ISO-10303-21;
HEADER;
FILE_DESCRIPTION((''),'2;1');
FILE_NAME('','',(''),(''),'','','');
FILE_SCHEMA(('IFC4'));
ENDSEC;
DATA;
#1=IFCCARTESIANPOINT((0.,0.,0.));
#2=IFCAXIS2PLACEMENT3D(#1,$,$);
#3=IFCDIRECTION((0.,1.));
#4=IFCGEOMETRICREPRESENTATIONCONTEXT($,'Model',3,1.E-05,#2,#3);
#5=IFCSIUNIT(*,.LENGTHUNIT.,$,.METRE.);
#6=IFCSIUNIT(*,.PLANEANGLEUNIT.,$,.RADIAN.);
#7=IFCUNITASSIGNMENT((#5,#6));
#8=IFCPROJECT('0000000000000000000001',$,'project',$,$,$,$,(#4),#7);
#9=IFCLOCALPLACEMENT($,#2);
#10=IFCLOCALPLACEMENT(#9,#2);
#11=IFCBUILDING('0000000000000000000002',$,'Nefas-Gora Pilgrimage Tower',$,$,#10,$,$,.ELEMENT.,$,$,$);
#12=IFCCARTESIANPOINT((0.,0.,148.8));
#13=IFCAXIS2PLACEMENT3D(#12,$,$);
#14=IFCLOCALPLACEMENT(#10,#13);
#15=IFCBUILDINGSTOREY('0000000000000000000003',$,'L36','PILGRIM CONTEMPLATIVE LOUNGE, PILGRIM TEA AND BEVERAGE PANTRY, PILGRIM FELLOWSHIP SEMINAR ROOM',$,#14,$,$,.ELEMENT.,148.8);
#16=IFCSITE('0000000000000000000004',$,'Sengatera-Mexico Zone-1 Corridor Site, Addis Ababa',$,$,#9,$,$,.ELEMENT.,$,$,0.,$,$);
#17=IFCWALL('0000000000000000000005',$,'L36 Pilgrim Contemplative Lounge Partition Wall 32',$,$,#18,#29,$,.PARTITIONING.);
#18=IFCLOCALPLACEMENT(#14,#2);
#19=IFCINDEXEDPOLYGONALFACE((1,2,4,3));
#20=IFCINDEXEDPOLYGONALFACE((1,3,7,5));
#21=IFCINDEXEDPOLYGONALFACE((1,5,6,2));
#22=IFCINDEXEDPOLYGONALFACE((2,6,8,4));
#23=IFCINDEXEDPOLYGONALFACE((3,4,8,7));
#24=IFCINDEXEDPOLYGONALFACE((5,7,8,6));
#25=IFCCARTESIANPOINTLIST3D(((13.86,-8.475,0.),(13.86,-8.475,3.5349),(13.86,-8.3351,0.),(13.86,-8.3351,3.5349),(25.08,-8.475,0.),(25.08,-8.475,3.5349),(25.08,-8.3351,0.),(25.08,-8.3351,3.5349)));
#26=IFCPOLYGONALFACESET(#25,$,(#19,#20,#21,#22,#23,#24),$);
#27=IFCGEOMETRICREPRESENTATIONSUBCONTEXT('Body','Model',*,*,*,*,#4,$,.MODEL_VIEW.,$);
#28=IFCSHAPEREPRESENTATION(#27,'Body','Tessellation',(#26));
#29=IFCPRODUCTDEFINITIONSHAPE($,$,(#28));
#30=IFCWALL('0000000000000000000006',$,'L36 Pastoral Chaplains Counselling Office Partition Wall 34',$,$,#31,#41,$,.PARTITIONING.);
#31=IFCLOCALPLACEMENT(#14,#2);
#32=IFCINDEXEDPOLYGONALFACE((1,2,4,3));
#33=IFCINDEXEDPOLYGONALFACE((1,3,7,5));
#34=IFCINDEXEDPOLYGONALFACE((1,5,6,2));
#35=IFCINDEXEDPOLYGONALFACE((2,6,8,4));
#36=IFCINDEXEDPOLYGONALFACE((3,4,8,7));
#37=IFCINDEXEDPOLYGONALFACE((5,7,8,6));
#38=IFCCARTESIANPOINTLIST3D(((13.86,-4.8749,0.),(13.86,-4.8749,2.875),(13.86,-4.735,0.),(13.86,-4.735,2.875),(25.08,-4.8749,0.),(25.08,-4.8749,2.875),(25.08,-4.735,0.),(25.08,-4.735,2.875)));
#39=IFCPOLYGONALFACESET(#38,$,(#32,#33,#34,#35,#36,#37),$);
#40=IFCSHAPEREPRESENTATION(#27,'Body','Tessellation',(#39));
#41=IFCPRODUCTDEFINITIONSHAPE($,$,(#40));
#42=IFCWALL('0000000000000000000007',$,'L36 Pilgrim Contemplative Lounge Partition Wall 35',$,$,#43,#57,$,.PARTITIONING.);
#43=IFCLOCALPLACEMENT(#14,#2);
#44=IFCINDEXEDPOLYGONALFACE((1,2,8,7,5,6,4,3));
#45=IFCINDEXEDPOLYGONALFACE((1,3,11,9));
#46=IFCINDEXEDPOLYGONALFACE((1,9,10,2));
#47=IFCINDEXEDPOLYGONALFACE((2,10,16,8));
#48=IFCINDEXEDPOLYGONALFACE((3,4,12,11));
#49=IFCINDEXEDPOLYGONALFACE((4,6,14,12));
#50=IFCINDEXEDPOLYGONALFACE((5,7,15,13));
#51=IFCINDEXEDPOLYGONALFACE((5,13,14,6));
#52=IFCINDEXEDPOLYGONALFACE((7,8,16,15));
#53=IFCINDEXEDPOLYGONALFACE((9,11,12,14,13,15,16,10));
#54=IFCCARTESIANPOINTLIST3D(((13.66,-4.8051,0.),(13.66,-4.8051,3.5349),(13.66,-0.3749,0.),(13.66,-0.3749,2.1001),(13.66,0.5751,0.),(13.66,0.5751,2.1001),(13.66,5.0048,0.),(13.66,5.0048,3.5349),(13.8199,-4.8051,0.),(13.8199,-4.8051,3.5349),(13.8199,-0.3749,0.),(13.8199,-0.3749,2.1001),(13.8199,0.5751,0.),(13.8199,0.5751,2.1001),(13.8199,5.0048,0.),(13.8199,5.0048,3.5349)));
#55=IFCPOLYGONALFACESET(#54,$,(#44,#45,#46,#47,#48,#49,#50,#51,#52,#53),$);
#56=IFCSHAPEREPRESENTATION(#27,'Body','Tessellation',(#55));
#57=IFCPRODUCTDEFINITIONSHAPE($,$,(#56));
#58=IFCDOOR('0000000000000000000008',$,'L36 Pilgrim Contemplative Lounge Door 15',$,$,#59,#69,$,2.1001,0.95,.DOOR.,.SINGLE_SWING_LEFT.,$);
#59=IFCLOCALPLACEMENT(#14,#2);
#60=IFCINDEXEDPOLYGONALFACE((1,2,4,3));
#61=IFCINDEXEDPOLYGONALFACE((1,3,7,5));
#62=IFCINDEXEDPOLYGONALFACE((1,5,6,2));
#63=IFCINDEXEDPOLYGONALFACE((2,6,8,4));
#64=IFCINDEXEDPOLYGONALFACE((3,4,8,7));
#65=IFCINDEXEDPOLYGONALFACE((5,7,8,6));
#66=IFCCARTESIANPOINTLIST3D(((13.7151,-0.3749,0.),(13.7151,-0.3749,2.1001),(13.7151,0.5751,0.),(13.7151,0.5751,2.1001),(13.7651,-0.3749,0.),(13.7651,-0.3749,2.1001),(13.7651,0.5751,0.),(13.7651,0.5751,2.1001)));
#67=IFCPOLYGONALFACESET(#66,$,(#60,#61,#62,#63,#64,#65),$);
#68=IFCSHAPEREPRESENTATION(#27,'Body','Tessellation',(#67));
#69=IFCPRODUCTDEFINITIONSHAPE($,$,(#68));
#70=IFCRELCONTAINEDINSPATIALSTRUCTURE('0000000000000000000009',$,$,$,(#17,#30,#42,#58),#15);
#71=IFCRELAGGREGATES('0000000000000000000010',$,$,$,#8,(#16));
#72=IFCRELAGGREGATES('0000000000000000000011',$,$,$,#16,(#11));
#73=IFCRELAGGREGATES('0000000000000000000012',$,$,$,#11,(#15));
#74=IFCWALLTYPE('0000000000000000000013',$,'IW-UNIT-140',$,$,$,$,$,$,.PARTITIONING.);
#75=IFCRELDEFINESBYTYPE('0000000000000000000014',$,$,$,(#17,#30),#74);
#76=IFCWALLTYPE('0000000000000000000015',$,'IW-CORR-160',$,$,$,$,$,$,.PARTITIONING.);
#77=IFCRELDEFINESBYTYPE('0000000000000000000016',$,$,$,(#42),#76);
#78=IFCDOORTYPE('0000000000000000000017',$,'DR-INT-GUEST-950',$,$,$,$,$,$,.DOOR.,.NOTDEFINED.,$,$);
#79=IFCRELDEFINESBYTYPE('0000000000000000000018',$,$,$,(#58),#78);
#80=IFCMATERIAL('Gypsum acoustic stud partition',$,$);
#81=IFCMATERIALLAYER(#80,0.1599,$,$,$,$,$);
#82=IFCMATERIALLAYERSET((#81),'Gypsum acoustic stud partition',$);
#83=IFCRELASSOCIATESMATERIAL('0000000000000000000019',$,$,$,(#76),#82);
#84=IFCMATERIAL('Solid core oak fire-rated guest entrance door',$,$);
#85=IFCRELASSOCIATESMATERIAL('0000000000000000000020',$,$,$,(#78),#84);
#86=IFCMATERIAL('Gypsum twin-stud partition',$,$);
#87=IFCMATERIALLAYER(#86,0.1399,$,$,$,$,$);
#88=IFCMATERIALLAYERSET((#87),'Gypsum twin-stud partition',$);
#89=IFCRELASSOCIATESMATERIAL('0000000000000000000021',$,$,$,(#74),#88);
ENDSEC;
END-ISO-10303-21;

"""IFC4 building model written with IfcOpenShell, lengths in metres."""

from ifc_helpers import new_model, si_unit, direction, frame, frame_2d, origin, place, context, subcontext, project, spatial, rectangle, extrude, source, transform, mapped, material, layer, layer_set, type_object, element, fill, save


model = new_model("IFC4")

# Units and contexts
model_context = context("Model", 3, precision=1e-05, world=origin(), true_north=direction((0.0, 1.0)))
body_context = subcontext(model_context, "Body", "Model", "MODEL_VIEW")
ifc_project = project(units=[si_unit("LENGTHUNIT", "METRE"), si_unit("PLANEANGLEUNIT", "RADIAN")], contexts=[model_context])

# Site, building, storey
site_placement = place(None, origin())
site = spatial("IfcSite", under=ifc_project, at=site_placement, Name="Sengatera-Mexico Zone-1 Corridor Site, Addis Ababa", CompositionType="ELEMENT", RefElevation=0.0)
building_placement = place(site_placement, origin())
building = spatial("IfcBuilding", under=site, at=building_placement, Name="Nefas-Gora Pilgrimage Tower", CompositionType="ELEMENT")
storey_placement = place(building_placement, frame((0.0, 0.0, 148.8)))
storey = spatial("IfcBuildingStorey", under=building, at=storey_placement, Name="L36", Description="PILGRIM CONTEMPLATIVE LOUNGE, PILGRIM TEA AND BEVERAGE PANTRY, PILGRIM FELLOWSHIP SEMINAR ROOM", CompositionType="ELEMENT", Elevation=148.8)

# Shared definitions
ifc_material_1 = material(Name="Gypsum acoustic stud partition")
ifc_layer_1 = layer(ifc_material_1, 0.1599)
ifc_layer_set_1 = layer_set([ifc_layer_1], Name="Gypsum acoustic stud partition")
wall_type_1 = type_object("IfcWallType", Name="IW-CORR-160", PredefinedType="PARTITIONING", material=ifc_layer_set_1)
ifc_material_2 = material(Name="Solid core oak fire-rated guest entrance door")
door_type_1 = type_object("IfcDoorType", Name="DR-INT-GUEST-950", OperationType="NOTDEFINED", PredefinedType="DOOR", material=ifc_material_2)
shared_shape_1 = source(origin(), body_context, "Body", "SweptSolid", [
    extrude(rectangle(XDim=0.95, YDim=2.1001, at=frame_2d((0.4751, 1.05))), frame((0.0, 0.0249, 0.0), z_axis=(0.0, -1.0, 0.0), x_axis=(1.0, 0.0, 0.0)), (0.0, 0.0, 1.0), 0.05),
])

# Walls
ifc_material_3 = material(Name="Gypsum twin-stud partition")
ifc_layer_2 = layer(ifc_material_3, 0.1399)
ifc_layer_set_2 = layer_set([ifc_layer_2], Name="Gypsum twin-stud partition")
wall_type_2 = type_object("IfcWallType", Name="IW-UNIT-140", PredefinedType="PARTITIONING", material=ifc_layer_set_2)
shared_shape_2 = source(origin(), body_context, "Body", "SweptSolid", [
    extrude(rectangle(XDim=11.22, YDim=0.1399, at=frame_2d((5.6099, 0.0))), origin(), (0.0, 0.0, 1.0), 3.5349),
])
wall_1_placement = place(storey_placement, frame((13.8601, -8.405, 0.0), z_axis=(0.0, 0.0, 1.0), x_axis=(1.0, 0.0, 0.0)))
element("IfcWall", 1, at=wall_1_placement, inside=storey, type_object=wall_type_2, Name="L36 Pilgrim Contemplative Lounge Partition Wall 32", PredefinedType="PARTITIONING", context=body_context, shape_type="MappedRepresentation", body=[
    mapped(shared_shape_2, transform((0.0, 0.0, 0.0), x_axis=(1.0, 0.0, 0.0), y_axis=(0.0, 1.0, 0.0), z_axis=(0.0, 0.0, 1.0), scale=1.0)),
])
shared_shape_3 = source(origin(), body_context, "Body", "SweptSolid", [
    extrude(rectangle(XDim=11.22, YDim=0.1399, at=frame_2d((5.6099, 0.0))), origin(), (0.0, 0.0, 1.0), 2.875),
])
wall_2_placement = place(storey_placement, frame((13.8601, -4.8049, 0.0), z_axis=(0.0, 0.0, 1.0), x_axis=(1.0, 0.0, 0.0)))
element("IfcWall", 2, at=wall_2_placement, inside=storey, type_object=wall_type_2, Name="L36 Pastoral Chaplains Counselling Office Partition Wall 34", PredefinedType="PARTITIONING", context=body_context, shape_type="MappedRepresentation", body=[
    mapped(shared_shape_3, transform((0.0, 0.0, 0.0), x_axis=(1.0, 0.0, 0.0), y_axis=(0.0, 1.0, 0.0), z_axis=(0.0, 0.0, 1.0), scale=1.0)),
])

# Wall, opening, door
shared_shape_4 = source(origin(), body_context, "Body", "SweptSolid", [
    extrude(rectangle(XDim=9.8098, YDim=0.1599, at=frame_2d((4.9048, 0.0))), origin(), (0.0, 0.0, 1.0), 3.5349),
])
wall_3_placement = place(storey_placement, frame((13.74, -4.8049, 0.0), z_axis=(0.0, 0.0, 1.0), x_axis=(0.0, 1.0, 0.0)))
wall_3 = element("IfcWall", 3, at=wall_3_placement, inside=storey, type_object=wall_type_1, Name="L36 Pilgrim Contemplative Lounge Partition Wall 35", PredefinedType="PARTITIONING", context=body_context, shape_type="MappedRepresentation", body=[
    mapped(shared_shape_4, transform((0.0, 0.0, 0.0), x_axis=(1.0, 0.0, 0.0), y_axis=(0.0, 1.0, 0.0), z_axis=(0.0, 0.0, 1.0), scale=1.0)),
])
opening_1_placement = place(wall_3_placement, frame((4.4299, 0.0, 0.0)))
opening_1 = element("IfcOpeningElement", 4, at=opening_1_placement, cuts=wall_3, PredefinedType="OPENING", context=body_context, shape_type="SweptSolid", body=[
    extrude(rectangle(XDim=0.95, YDim=2.1001, at=frame_2d((0.4751, 1.05))), frame((0.0, 0.0898, 0.0), z_axis=(0.0, -1.0, 0.0), x_axis=(1.0, 0.0, 0.0)), (0.0, 0.0, 1.0), 0.1799),
])
door_1_placement = place(opening_1_placement, origin())
door_1 = element("IfcDoor", 5, at=door_1_placement, inside=storey, type_object=door_type_1, Name="L36 Pilgrim Contemplative Lounge Door 15", OperationType="SINGLE_SWING_LEFT", OverallHeight=2.1001, OverallWidth=0.95, PredefinedType="DOOR", context=body_context, shape_type="MappedRepresentation", body=[
    mapped(shared_shape_1, transform((0.0, 0.0, 0.0), x_axis=(1.0, 0.0, 0.0), y_axis=(0.0, 1.0, 0.0), z_axis=(0.0, 0.0, 1.0), scale=1.0)),
])
fill(opening_1, door_1)

save(model, "model.ifc")
